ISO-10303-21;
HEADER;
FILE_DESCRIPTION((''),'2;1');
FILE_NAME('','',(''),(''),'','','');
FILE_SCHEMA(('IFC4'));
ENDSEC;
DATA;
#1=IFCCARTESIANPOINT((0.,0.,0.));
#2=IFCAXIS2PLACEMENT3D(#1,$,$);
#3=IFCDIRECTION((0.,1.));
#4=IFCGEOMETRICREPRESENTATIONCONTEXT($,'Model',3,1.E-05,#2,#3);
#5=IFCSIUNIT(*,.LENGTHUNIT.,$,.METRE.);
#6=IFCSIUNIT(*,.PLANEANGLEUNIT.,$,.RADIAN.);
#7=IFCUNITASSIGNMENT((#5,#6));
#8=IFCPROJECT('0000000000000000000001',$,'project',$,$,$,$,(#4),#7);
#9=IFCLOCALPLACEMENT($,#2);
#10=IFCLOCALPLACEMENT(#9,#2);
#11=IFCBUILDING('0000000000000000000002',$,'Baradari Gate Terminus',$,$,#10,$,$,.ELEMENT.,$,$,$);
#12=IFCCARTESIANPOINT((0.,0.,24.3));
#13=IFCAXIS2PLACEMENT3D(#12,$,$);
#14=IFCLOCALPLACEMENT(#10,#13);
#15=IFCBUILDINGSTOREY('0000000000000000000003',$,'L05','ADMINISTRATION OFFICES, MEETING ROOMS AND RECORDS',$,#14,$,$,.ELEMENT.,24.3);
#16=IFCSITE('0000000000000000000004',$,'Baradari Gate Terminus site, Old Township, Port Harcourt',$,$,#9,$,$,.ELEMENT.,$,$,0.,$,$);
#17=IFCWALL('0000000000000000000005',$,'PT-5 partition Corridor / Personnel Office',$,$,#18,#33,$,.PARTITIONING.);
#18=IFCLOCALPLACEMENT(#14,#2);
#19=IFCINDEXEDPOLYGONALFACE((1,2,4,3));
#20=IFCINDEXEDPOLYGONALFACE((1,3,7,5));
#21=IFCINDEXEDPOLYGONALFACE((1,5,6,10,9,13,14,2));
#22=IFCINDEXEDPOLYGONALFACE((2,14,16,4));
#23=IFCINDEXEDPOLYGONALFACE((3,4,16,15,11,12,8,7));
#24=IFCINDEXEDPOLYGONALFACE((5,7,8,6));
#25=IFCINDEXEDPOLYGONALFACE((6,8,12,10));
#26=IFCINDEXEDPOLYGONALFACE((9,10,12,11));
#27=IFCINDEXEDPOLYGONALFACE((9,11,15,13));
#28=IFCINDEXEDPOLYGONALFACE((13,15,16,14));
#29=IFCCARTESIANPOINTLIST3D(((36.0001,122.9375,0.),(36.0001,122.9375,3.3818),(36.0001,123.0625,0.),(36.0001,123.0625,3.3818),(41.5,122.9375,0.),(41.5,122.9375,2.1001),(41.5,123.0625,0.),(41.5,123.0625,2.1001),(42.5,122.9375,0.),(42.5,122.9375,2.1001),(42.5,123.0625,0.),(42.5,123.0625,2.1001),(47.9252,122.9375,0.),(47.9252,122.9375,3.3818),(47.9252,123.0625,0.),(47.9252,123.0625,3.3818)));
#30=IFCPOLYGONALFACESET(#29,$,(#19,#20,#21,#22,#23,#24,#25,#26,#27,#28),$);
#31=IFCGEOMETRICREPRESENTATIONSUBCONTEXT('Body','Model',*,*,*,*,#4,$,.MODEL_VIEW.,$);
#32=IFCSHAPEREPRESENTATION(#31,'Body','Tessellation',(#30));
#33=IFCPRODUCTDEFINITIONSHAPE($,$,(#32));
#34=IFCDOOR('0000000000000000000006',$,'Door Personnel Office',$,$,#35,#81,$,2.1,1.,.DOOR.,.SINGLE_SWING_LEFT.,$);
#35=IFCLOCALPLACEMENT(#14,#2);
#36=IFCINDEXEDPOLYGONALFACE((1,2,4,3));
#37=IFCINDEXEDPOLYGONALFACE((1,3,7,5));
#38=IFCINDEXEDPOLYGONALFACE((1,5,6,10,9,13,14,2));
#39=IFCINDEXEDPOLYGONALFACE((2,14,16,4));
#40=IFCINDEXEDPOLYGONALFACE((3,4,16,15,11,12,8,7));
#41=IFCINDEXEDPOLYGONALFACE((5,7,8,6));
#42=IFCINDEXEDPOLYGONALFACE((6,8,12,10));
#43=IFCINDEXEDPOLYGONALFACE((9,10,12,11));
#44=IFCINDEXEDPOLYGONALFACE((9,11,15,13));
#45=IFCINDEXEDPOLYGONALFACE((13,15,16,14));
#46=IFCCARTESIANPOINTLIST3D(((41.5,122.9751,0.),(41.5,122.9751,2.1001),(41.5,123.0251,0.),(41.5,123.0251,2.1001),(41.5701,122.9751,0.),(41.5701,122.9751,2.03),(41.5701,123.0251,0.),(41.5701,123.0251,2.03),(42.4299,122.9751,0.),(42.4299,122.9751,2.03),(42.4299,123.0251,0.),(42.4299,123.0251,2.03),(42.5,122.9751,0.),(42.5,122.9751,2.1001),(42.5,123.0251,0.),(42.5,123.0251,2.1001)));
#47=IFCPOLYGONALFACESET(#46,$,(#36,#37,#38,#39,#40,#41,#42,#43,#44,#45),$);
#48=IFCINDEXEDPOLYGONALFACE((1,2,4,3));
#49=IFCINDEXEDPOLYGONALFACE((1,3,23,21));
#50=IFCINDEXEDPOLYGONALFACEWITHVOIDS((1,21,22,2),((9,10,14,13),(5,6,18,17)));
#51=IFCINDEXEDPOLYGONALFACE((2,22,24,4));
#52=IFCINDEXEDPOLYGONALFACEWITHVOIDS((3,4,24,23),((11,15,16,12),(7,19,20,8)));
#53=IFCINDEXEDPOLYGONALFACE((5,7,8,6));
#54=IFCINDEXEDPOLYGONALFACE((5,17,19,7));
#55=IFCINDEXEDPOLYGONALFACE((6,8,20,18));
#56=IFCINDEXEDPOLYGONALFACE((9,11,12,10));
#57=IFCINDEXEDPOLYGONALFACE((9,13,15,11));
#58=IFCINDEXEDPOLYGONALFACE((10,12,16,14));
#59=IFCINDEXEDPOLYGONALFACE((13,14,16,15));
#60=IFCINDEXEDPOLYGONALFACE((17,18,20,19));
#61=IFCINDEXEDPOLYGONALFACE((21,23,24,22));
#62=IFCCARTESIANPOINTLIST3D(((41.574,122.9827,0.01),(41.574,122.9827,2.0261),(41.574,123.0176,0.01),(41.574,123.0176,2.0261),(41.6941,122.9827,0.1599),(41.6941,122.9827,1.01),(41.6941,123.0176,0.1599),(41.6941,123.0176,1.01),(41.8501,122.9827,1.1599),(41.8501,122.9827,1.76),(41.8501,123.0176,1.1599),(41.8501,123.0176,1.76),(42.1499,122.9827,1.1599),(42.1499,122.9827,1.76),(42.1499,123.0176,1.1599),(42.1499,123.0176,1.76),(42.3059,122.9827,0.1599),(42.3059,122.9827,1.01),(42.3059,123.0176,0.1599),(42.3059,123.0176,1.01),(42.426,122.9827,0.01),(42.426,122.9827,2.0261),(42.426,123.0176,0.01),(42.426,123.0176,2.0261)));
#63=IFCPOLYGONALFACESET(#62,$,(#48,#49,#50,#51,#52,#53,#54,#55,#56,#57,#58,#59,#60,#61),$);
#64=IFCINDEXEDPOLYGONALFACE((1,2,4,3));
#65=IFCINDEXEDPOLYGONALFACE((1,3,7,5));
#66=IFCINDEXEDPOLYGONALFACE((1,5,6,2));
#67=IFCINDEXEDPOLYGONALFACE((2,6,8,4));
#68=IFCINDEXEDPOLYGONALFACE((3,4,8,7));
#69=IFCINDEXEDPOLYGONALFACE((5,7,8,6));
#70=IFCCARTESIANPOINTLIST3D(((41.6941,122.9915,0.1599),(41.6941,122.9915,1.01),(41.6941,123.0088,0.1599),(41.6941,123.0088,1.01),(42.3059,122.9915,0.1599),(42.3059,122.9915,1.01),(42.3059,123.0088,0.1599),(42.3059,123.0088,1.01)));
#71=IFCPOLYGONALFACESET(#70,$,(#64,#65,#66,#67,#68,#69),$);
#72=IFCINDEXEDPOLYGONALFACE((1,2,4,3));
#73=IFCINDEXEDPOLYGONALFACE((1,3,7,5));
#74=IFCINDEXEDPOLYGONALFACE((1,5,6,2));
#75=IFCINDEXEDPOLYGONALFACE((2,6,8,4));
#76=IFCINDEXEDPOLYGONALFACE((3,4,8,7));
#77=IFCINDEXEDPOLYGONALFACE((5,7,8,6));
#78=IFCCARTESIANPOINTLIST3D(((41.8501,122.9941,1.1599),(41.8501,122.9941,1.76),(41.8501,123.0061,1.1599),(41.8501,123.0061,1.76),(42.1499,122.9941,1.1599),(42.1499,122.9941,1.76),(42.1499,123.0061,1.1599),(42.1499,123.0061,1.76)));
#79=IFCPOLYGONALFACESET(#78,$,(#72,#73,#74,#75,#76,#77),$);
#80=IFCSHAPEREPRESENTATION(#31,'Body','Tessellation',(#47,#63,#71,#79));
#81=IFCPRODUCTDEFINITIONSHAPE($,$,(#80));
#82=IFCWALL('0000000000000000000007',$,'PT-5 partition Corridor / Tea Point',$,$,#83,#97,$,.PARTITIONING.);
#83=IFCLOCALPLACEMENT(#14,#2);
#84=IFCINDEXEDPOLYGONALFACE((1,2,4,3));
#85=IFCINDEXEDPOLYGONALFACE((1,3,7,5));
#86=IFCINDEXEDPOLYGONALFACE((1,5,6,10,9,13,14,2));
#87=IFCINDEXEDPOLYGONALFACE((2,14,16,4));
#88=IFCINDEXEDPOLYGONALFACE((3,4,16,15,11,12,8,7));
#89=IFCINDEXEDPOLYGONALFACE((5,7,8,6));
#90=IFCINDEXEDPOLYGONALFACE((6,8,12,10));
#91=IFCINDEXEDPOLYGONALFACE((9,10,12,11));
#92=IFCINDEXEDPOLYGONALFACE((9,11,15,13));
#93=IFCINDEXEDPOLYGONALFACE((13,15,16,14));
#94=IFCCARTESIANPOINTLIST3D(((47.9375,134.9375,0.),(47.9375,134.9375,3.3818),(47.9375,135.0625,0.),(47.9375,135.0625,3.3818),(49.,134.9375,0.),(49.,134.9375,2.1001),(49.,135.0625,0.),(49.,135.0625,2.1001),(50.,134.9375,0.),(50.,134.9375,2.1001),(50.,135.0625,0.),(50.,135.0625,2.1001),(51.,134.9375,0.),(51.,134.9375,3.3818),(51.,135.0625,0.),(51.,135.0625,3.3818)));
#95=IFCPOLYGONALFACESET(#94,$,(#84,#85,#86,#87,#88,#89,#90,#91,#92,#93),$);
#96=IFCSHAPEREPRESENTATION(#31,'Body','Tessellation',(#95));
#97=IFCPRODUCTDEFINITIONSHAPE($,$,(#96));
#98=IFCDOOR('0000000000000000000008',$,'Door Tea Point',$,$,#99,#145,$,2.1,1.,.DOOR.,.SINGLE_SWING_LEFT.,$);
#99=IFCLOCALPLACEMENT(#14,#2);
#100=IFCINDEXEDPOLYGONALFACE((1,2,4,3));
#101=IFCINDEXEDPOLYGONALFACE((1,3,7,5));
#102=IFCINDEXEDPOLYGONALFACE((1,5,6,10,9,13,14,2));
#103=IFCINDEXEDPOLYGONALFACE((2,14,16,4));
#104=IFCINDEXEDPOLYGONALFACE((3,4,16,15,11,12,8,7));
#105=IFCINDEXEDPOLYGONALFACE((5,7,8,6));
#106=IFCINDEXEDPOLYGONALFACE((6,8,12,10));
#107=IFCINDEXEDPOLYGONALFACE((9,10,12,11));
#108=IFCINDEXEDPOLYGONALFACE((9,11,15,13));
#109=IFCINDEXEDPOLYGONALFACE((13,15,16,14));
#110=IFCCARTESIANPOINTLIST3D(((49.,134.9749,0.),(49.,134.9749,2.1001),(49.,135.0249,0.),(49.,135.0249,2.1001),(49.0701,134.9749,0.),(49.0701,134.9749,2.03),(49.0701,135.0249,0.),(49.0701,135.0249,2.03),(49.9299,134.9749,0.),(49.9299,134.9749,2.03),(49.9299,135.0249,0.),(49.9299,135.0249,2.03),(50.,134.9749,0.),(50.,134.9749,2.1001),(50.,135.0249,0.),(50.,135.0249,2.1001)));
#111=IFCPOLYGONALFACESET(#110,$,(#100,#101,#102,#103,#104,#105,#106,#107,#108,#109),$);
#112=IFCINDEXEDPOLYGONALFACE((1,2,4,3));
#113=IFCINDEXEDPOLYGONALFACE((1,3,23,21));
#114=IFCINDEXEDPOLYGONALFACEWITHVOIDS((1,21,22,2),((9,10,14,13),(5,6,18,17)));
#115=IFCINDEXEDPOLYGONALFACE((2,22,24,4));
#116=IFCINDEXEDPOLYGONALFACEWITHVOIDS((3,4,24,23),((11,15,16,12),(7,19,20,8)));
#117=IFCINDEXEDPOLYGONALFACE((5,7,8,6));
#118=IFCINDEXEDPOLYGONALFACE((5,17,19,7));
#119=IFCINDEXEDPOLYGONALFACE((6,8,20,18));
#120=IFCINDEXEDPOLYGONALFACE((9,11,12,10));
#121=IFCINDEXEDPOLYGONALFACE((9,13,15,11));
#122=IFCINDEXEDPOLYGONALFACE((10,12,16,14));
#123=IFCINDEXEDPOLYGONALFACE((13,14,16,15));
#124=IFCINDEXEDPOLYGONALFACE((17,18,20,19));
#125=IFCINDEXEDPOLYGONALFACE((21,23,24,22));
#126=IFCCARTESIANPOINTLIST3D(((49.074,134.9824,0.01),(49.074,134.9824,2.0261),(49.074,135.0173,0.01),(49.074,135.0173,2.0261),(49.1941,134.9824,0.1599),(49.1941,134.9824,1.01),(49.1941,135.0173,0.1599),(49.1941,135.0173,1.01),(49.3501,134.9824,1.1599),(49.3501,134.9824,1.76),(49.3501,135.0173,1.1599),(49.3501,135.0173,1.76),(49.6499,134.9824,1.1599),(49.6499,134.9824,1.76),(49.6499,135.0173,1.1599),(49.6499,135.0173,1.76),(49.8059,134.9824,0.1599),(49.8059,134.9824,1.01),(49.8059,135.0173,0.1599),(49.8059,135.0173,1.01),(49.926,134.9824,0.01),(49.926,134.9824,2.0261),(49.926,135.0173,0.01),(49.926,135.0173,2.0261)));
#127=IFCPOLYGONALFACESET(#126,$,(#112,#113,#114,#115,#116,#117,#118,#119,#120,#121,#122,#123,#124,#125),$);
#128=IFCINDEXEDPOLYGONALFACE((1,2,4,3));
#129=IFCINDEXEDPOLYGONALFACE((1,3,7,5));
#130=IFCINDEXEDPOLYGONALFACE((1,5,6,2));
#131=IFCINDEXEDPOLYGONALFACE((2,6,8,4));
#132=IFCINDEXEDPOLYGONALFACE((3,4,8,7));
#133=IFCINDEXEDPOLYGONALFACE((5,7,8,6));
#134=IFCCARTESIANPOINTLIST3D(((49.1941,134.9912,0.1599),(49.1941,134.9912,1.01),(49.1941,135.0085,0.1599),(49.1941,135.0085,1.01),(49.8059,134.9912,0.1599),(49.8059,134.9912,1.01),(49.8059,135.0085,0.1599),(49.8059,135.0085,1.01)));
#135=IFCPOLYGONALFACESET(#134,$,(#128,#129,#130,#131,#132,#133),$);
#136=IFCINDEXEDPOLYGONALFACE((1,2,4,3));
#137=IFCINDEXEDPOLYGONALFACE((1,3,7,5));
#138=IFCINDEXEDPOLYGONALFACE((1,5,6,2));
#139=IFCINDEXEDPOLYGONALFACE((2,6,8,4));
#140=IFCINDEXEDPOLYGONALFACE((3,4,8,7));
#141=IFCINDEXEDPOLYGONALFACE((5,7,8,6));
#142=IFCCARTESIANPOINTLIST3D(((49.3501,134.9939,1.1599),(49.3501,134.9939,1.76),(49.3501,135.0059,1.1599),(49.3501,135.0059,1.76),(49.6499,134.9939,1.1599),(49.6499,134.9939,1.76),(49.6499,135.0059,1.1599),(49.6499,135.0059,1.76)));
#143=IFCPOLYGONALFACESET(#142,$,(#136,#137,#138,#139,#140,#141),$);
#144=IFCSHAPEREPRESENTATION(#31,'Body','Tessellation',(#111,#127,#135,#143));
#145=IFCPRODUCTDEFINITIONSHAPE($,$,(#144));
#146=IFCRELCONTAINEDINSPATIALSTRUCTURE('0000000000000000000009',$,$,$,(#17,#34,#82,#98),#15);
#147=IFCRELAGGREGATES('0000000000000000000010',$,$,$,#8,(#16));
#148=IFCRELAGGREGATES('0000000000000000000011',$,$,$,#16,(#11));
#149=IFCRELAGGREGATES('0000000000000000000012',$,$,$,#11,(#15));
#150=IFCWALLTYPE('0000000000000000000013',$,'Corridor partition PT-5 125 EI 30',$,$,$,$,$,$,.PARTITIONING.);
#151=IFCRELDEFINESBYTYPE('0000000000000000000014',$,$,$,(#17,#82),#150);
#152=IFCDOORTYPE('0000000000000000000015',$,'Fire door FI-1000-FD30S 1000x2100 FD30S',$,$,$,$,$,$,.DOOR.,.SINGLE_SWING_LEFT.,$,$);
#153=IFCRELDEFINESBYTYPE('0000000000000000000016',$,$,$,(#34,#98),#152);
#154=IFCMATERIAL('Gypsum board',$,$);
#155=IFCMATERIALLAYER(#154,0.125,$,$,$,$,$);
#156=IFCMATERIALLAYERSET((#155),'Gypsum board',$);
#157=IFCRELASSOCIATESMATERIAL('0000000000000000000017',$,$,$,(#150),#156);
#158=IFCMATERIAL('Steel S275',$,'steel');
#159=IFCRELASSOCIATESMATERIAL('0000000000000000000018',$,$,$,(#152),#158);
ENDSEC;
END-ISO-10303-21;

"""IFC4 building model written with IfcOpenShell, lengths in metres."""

from ifc_helpers import new_model, si_unit, direction, frame, frame_2d, origin, place, context, subcontext, project, spatial, polyline, rectangle, outline, extrude, material, layer, layer_set, type_object, element, fill, save


model = new_model("IFC4")

# Units and contexts
model_context = context("Model", 3, precision=1e-05, world=origin(), true_north=direction((0.0, 1.0)))
body_context = subcontext(model_context, "Body", "Model", "MODEL_VIEW")
ifc_project = project(units=[si_unit("LENGTHUNIT", "METRE"), si_unit("PLANEANGLEUNIT", "RADIAN")], contexts=[model_context])

# Site, building, storey
site_placement = place(None, origin())
site = spatial("IfcSite", under=ifc_project, at=site_placement, Name="Baradari Gate Terminus site, Old Township, Port Harcourt", CompositionType="ELEMENT", RefElevation=0.0)
building_placement = place(site_placement, origin())
building = spatial("IfcBuilding", under=site, at=building_placement, Name="Baradari Gate Terminus", CompositionType="ELEMENT")
storey_placement = place(building_placement, frame((0.0, 0.0, 24.3)))
storey = spatial("IfcBuildingStorey", under=building, at=storey_placement, Name="L05", Description="ADMINISTRATION OFFICES, MEETING ROOMS AND RECORDS", CompositionType="ELEMENT", Elevation=24.3)

# Walls, openings, doors
ifc_material_1 = material(Name="Gypsum board")
ifc_layer_1 = layer(ifc_material_1, 0.125)
ifc_layer_set_1 = layer_set([ifc_layer_1], Name="Gypsum board")
wall_type_1 = type_object("IfcWallType", Name="Corridor partition PT-5 125 EI 30", PredefinedType="PARTITIONING", material=ifc_layer_set_1)
wall_1_placement = place(storey_placement, frame((47.925, 123.0, 0.0), z_axis=(0.0, 0.0, 1.0), x_axis=(-1.0, 0.0, 0.0)))
wall_1 = element("IfcWall", 1, at=wall_1_placement, inside=storey, type_object=wall_type_1, Name="PT-5 partition Corridor / Personnel Office", PredefinedType="PARTITIONING", context=body_context, shape_type="SweptSolid", body=[
    extrude(rectangle(XDim=11.925, YDim=0.125, at=frame_2d((5.9624, 0.0))), origin(), (0.0, 0.0, 1.0), 3.3818),
])
opening_1_placement = place(wall_1_placement, frame((5.425, 0.0, 0.0)))
opening_1 = element("IfcOpeningElement", 2, at=opening_1_placement, cuts=wall_1, PredefinedType="OPENING", context=body_context, shape_type="SweptSolid", body=[
    extrude(rectangle(XDim=1.0, YDim=2.1001, at=frame_2d((0.5, 1.05))), frame((0.0, 0.0725, 0.0), z_axis=(0.0, -1.0, 0.0), x_axis=(1.0, 0.0, 0.0)), (0.0, 0.0, 1.0), 0.145),
])
ifc_material_2 = material(Name="Steel S275", Category="steel")
door_type_1 = type_object("IfcDoorType", Name="Fire door FI-1000-FD30S 1000x2100 FD30S", OperationType="SINGLE_SWING_LEFT", PredefinedType="DOOR", material=ifc_material_2)
door_1_placement = place(opening_1_placement, origin())
door_1 = element("IfcDoor", 3, at=door_1_placement, inside=storey, type_object=door_type_1, Name="Door Personnel Office", OperationType="SINGLE_SWING_LEFT", OverallHeight=2.1, OverallWidth=1.0, PredefinedType="DOOR", context=body_context, shape_type="SweptSolid", body=[
    extrude(outline(polyline([(0.0, 0.0), (0.0701, 0.0), (0.0701, 2.03), (0.9299, 2.03), (0.9299, 0.0), (1.0, 0.0), (1.0, 2.1001), (0.0, 2.1001), (0.0, 0.0)])), frame((0.0, 0.0249, 0.0), z_axis=(0.0, -1.0, 0.0), x_axis=(1.0, 0.0, 0.0)), (0.0, 0.0, 1.0), 0.05),
    extrude(outline(polyline([(0.074, 0.01), (0.926, 0.01), (0.926, 2.0261), (0.074, 2.0261), (0.074, 0.01)]), holes=[polyline([(0.1941, 0.1599), (0.8059, 0.1599), (0.8059, 1.01), (0.1941, 1.01), (0.1941, 0.1599)]), polyline([(0.3501, 1.1599), (0.6499, 1.1599), (0.6499, 1.76), (0.3501, 1.76), (0.3501, 1.1599)])]), frame((0.0, 0.0173, 0.0), z_axis=(0.0, -1.0, 0.0), x_axis=(1.0, 0.0, 0.0)), (0.0, 0.0, 1.0), 0.0349),
    extrude(rectangle(XDim=0.6118, YDim=0.8501, at=frame_2d((0.5, 0.585))), frame((0.0, 0.0085, 0.0), z_axis=(0.0, -1.0, 0.0), x_axis=(1.0, 0.0, 0.0)), (0.0, 0.0, 1.0), 0.0173),
    extrude(rectangle(XDim=0.2998, YDim=0.6001, at=frame_2d((0.5, 1.46))), frame((0.0, 0.0059, 0.0), z_axis=(0.0, -1.0, 0.0), x_axis=(1.0, 0.0, 0.0)), (0.0, 0.0, 1.0), 0.012),
])
fill(opening_1, door_1)
wall_2_placement = place(storey_placement, frame((47.9375, 135.0, 0.0), z_axis=(0.0, 0.0, 1.0), x_axis=(1.0, 0.0, 0.0)))
wall_2 = element("IfcWall", 4, at=wall_2_placement, inside=storey, type_object=wall_type_1, Name="PT-5 partition Corridor / Tea Point", PredefinedType="PARTITIONING", context=body_context, shape_type="SweptSolid", body=[
    extrude(rectangle(XDim=3.0625, YDim=0.125, at=frame_2d((1.5312, 0.0))), origin(), (0.0, 0.0, 1.0), 3.3818),
])
opening_2_placement = place(wall_2_placement, frame((1.0625, 0.0, 0.0)))
opening_2 = element("IfcOpeningElement", 5, at=opening_2_placement, cuts=wall_2, PredefinedType="OPENING", context=body_context, shape_type="SweptSolid", body=[
    extrude(rectangle(XDim=1.0, YDim=2.1001, at=frame_2d((0.5, 1.05))), frame((0.0, 0.0725, 0.0), z_axis=(0.0, -1.0, 0.0), x_axis=(1.0, 0.0, 0.0)), (0.0, 0.0, 1.0), 0.145),
])
door_2_placement = place(opening_2_placement, origin())
door_2 = element("IfcDoor", 6, at=door_2_placement, inside=storey, type_object=door_type_1, Name="Door Tea Point", OperationType="SINGLE_SWING_LEFT", OverallHeight=2.1, OverallWidth=1.0, PredefinedType="DOOR", context=body_context, shape_type="SweptSolid", body=[
    extrude(outline(polyline([(0.0, 0.0), (0.0701, 0.0), (0.0701, 2.03), (0.9299, 2.03), (0.9299, 0.0), (1.0, 0.0), (1.0, 2.1001), (0.0, 2.1001), (0.0, 0.0)])), frame((0.0, 0.0249, 0.0), z_axis=(0.0, -1.0, 0.0), x_axis=(1.0, 0.0, 0.0)), (0.0, 0.0, 1.0), 0.05),
    extrude(outline(polyline([(0.074, 0.01), (0.926, 0.01), (0.926, 2.0261), (0.074, 2.0261), (0.074, 0.01)]), holes=[polyline([(0.1941, 0.1599), (0.8059, 0.1599), (0.8059, 1.01), (0.1941, 1.01), (0.1941, 0.1599)]), polyline([(0.3501, 1.1599), (0.6499, 1.1599), (0.6499, 1.76), (0.3501, 1.76), (0.3501, 1.1599)])]), frame((0.0, 0.0173, 0.0), z_axis=(0.0, -1.0, 0.0), x_axis=(1.0, 0.0, 0.0)), (0.0, 0.0, 1.0), 0.0349),
    extrude(rectangle(XDim=0.6118, YDim=0.8501, at=frame_2d((0.5, 0.585))), frame((0.0, 0.0085, 0.0), z_axis=(0.0, -1.0, 0.0), x_axis=(1.0, 0.0, 0.0)), (0.0, 0.0, 1.0), 0.0173),
    extrude(rectangle(XDim=0.2998, YDim=0.6001, at=frame_2d((0.5, 1.46))), frame((0.0, 0.0059, 0.0), z_axis=(0.0, -1.0, 0.0), x_axis=(1.0, 0.0, 0.0)), (0.0, 0.0, 1.0), 0.012),
])
fill(opening_2, door_2)

save(model, "model.ifc")
